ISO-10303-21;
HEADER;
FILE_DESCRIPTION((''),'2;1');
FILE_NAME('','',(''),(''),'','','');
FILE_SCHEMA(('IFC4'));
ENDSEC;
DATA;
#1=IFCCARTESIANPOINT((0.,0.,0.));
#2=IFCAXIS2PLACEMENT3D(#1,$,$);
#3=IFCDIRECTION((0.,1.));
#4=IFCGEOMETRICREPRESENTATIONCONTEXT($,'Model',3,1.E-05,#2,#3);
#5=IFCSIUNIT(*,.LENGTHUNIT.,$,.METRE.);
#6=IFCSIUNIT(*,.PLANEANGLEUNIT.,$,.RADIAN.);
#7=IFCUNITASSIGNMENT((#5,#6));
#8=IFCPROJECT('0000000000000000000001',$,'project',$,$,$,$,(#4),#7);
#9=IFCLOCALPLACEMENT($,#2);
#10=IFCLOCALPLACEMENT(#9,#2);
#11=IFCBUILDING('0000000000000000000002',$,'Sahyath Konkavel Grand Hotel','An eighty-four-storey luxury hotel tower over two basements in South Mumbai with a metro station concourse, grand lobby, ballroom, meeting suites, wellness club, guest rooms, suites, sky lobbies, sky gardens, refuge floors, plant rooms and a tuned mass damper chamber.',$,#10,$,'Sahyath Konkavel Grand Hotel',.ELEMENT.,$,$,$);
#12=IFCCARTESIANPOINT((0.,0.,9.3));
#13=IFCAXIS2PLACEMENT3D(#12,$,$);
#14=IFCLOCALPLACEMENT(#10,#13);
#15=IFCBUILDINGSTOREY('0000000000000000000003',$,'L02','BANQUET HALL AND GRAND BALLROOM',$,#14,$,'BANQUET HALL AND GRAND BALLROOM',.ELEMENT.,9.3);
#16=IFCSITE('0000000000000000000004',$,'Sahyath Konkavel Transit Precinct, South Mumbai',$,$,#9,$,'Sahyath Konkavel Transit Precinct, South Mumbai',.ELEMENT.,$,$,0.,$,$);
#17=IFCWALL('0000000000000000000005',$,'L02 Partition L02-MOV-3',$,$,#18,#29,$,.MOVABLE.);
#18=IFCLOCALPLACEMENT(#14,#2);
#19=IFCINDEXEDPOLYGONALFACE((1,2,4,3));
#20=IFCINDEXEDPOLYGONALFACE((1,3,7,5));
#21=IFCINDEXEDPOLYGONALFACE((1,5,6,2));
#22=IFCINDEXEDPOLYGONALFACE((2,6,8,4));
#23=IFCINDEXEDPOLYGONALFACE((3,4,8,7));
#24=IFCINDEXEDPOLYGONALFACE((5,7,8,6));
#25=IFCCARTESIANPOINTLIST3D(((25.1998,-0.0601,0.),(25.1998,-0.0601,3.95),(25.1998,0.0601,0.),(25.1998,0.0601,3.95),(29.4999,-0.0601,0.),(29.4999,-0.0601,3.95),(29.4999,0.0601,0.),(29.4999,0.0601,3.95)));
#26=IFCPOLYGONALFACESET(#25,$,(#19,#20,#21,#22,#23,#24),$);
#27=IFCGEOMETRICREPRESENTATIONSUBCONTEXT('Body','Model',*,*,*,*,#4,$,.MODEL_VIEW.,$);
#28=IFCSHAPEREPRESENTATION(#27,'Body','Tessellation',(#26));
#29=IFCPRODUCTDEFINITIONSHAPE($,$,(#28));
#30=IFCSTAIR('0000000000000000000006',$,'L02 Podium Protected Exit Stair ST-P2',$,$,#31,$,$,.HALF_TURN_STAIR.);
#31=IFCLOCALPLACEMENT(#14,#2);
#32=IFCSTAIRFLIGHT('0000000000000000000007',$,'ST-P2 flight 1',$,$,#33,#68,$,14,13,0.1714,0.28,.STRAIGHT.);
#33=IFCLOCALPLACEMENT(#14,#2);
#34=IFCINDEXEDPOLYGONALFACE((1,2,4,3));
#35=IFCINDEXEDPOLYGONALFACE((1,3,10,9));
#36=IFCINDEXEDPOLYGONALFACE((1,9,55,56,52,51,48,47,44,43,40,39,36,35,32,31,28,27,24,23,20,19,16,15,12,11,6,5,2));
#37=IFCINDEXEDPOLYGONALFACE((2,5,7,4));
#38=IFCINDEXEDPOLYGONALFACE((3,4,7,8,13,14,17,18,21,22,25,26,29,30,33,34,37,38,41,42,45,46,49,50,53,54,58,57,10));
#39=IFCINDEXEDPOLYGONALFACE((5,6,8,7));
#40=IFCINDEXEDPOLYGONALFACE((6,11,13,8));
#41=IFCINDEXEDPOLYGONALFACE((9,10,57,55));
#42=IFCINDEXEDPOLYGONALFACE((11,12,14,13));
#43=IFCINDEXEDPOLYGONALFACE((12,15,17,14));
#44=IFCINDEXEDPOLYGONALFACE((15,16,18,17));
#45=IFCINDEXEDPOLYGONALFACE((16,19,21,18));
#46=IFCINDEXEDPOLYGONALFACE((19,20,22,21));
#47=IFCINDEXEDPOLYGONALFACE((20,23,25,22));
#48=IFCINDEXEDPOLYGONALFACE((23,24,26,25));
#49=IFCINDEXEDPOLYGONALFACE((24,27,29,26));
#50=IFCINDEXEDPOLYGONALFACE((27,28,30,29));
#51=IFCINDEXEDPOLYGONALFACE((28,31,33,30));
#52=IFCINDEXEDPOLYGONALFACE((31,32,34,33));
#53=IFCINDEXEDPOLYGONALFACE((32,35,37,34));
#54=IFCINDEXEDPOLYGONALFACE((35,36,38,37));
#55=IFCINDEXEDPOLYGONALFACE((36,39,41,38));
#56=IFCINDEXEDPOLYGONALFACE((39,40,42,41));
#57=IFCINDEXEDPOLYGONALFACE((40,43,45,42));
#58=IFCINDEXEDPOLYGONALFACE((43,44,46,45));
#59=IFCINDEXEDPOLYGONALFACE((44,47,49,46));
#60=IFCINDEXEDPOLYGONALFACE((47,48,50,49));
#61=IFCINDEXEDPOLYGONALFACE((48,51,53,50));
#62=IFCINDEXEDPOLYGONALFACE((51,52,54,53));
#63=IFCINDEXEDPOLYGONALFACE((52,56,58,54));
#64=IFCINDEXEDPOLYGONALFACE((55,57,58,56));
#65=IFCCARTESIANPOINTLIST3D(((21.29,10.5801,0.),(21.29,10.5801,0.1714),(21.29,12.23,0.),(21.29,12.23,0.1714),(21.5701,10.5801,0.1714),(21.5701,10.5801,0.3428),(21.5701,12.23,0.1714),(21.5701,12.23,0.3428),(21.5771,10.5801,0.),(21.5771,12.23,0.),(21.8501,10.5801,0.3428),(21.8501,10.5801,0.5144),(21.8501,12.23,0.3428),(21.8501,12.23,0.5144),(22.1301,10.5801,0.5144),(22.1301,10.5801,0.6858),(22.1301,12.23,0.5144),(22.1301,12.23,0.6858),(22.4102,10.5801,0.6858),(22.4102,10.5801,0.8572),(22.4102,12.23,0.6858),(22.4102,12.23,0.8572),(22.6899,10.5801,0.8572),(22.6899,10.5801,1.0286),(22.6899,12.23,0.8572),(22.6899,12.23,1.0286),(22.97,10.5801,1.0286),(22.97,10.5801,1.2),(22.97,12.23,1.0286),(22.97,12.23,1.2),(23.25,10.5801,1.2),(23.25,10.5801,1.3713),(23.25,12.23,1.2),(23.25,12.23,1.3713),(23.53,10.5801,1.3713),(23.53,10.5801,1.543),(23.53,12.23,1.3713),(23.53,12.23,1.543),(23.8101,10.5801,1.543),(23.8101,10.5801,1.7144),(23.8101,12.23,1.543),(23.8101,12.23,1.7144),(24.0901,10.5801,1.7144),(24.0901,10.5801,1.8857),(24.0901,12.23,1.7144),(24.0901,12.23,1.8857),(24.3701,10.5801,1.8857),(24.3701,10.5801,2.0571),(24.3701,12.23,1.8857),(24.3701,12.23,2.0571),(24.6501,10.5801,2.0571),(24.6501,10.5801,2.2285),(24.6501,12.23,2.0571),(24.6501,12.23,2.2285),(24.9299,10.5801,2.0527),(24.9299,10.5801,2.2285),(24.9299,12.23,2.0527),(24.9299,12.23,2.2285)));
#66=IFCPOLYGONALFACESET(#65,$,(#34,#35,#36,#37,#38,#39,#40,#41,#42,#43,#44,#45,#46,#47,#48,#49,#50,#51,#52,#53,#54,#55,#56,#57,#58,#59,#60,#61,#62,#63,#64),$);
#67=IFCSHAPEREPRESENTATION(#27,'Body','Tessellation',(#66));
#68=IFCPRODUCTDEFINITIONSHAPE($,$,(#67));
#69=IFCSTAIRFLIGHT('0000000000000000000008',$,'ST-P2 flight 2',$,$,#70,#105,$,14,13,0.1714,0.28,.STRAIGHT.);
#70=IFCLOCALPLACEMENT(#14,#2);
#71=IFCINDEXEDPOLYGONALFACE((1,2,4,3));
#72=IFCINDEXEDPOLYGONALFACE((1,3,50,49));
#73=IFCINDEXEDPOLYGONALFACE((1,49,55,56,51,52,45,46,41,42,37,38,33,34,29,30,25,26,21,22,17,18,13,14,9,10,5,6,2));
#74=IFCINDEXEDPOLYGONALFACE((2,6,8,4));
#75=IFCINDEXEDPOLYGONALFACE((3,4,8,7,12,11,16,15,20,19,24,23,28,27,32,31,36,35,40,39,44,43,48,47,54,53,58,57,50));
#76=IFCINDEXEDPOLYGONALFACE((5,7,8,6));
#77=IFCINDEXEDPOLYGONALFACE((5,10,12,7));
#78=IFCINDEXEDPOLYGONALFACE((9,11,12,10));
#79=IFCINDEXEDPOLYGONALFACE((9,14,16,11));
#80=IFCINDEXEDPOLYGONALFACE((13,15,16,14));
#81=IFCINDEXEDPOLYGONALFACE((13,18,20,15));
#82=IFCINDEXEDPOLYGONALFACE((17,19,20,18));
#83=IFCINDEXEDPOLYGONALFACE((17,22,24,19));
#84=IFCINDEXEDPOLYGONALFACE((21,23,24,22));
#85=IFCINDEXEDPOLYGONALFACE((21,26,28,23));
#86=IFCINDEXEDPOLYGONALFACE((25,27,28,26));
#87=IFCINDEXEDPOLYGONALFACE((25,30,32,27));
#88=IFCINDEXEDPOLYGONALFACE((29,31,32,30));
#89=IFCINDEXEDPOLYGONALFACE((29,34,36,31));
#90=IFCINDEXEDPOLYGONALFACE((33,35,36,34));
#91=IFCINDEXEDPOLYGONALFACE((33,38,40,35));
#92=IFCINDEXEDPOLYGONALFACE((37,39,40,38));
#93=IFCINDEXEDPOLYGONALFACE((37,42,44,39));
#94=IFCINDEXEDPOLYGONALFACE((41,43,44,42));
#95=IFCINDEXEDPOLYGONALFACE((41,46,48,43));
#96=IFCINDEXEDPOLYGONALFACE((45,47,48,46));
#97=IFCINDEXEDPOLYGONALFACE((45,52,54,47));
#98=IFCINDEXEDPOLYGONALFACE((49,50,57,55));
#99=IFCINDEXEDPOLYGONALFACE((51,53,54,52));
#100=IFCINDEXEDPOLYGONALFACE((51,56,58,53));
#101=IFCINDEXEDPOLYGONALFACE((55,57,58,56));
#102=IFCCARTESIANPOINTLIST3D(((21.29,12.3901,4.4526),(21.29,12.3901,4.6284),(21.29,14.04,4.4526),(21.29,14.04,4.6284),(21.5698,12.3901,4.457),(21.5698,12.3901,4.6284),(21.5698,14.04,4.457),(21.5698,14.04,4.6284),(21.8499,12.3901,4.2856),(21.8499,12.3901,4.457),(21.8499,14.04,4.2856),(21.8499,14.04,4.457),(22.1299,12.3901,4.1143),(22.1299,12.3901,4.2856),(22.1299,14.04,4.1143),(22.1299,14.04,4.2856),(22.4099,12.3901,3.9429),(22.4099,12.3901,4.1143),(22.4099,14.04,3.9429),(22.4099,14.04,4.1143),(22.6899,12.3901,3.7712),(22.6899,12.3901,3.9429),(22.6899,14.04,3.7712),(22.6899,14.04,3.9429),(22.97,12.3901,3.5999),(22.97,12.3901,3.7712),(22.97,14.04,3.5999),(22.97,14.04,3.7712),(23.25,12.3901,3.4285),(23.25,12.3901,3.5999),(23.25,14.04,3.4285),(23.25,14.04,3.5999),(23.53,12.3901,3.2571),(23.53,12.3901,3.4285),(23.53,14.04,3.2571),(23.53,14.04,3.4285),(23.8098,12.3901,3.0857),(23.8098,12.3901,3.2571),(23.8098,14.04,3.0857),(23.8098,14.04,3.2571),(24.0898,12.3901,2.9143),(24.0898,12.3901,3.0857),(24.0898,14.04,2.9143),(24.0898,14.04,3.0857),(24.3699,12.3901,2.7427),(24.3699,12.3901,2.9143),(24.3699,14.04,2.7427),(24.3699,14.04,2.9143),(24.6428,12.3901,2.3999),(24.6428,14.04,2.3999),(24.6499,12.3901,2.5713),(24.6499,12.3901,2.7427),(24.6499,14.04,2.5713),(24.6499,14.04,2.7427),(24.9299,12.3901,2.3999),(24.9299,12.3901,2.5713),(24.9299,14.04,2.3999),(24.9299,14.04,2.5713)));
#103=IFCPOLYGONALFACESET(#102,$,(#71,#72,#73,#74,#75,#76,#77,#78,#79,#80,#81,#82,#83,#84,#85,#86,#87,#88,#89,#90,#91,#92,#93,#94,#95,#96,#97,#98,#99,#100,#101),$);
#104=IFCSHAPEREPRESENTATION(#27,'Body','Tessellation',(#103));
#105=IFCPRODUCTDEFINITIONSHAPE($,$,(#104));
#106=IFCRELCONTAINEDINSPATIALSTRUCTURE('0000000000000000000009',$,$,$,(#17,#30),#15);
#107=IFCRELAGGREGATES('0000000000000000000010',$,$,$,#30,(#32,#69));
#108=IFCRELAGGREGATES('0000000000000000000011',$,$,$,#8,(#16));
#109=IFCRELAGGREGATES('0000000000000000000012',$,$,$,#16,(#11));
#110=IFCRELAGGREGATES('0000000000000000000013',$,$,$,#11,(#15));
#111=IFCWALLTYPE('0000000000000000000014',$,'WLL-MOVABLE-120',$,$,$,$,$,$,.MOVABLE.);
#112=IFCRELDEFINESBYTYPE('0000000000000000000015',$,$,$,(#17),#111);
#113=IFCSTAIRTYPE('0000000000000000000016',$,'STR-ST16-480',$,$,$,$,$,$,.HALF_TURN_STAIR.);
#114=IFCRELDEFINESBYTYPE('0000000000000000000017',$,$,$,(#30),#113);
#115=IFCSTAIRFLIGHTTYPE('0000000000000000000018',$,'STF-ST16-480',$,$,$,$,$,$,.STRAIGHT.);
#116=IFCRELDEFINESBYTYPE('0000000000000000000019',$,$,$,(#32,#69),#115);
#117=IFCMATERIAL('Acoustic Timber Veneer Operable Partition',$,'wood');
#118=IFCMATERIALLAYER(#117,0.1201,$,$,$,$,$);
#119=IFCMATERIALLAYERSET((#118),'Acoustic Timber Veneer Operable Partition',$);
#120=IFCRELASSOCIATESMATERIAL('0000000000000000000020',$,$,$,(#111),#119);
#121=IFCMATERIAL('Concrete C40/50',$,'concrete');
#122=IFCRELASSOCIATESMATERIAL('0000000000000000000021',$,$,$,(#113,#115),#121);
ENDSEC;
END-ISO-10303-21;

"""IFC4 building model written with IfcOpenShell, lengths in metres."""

from ifc_helpers import new_model, si_unit, direction, frame, frame_2d, origin, place, context, subcontext, project, spatial, polyline, rectangle, outline, extrude, material, layer, layer_set, type_object, element, aggregate, save


model = new_model("IFC4")

# Units and contexts
model_context = context("Model", 3, precision=1e-05, world=origin(), true_north=direction((0.0, 1.0)))
body_context = subcontext(model_context, "Body", "Model", "MODEL_VIEW")
ifc_project = project(units=[si_unit("LENGTHUNIT", "METRE"), si_unit("PLANEANGLEUNIT", "RADIAN")], contexts=[model_context])

# Site, building, storey
site_placement = place(None, origin())
site = spatial("IfcSite", under=ifc_project, at=site_placement, Name="Sahyath Konkavel Transit Precinct, South Mumbai", LongName="Sahyath Konkavel Transit Precinct, South Mumbai", CompositionType="ELEMENT", RefElevation=0.0)
building_placement = place(site_placement, origin())
building = spatial("IfcBuilding", under=site, at=building_placement, Name="Sahyath Konkavel Grand Hotel", Description="An eighty-four-storey luxury hotel tower over two basements in South Mumbai with a metro station concourse, grand lobby, ballroom, meeting suites, wellness club, guest rooms, suites, sky lobbies, sky gardens, refuge floors, plant rooms and a tuned mass damper chamber.", LongName="Sahyath Konkavel Grand Hotel", CompositionType="ELEMENT")
storey_placement = place(building_placement, frame((0.0, 0.0, 9.3)))
storey = spatial("IfcBuildingStorey", under=building, at=storey_placement, Name="L02", Description="BANQUET HALL AND GRAND BALLROOM", LongName="BANQUET HALL AND GRAND BALLROOM", CompositionType="ELEMENT", Elevation=9.3)

# Wall
ifc_material_1 = material(Name="Concrete C40/50", Category="concrete")
ifc_material_2 = material(Name="Acoustic Timber Veneer Operable Partition", Category="wood")
ifc_layer_1 = layer(ifc_material_2, 0.1201)
ifc_layer_set_1 = layer_set([ifc_layer_1], Name="Acoustic Timber Veneer Operable Partition")
wall_type_1 = type_object("IfcWallType", Name="WLL-MOVABLE-120", PredefinedType="MOVABLE", material=ifc_layer_set_1)
wall_1_placement = place(storey_placement, frame((25.2, 0.0, 0.0), z_axis=(0.0, 0.0, 1.0), x_axis=(1.0, 0.0, 0.0)))
element("IfcWall", 1, at=wall_1_placement, inside=storey, type_object=wall_type_1, Name="L02 Partition L02-MOV-3", PredefinedType="MOVABLE", context=body_context, shape_type="SweptSolid", body=[
    extrude(rectangle(XDim=4.3, YDim=0.1201, at=frame_2d((2.1499, 0.0))), origin(), (0.0, 0.0, 1.0), 3.95),
])

# Stair, stair flights
stair_type = type_object("IfcStairType", Name="STR-ST16-480", PredefinedType="HALF_TURN_STAIR", material=ifc_material_1)
stair_placement = place(storey_placement, origin())
stair = element("IfcStair", 2, at=stair_placement, inside=storey, type_object=stair_type, Name="L02 Podium Protected Exit Stair ST-P2", PredefinedType="HALF_TURN_STAIR")
stair_flight_type = type_object("IfcStairFlightType", Name="STF-ST16-480", PredefinedType="STRAIGHT", material=ifc_material_1)
stair_flight_1_placement = place(storey_placement, frame((21.29, 11.405, 0.0), z_axis=(0.0, 0.0, 1.0), x_axis=(1.0, 0.0, 0.0)))
stair_flight_1 = element("IfcStairFlight", 3, at=stair_flight_1_placement, type_object=stair_flight_type, Name="ST-P2 flight 1", NumberOfRisers=14, NumberOfTreads=13, PredefinedType="STRAIGHT", RiserHeight=0.1714, TreadLength=0.28, context=body_context, shape_type="SweptSolid", body=[
    extrude(outline(polyline([(0.0, 0.0), (0.0, 0.1714), (0.28, 0.1714), (0.28, 0.3428), (0.5601, 0.3428), (0.5601, 0.5144), (0.8401, 0.5144), (0.8401, 0.6858), (1.1201, 0.6858), (1.1201, 0.8572), (1.3999, 0.8572), (1.3999, 1.0286), (1.6799, 1.0286), (1.6799, 1.2), (1.96, 1.2), (1.96, 1.3713), (2.24, 1.3713), (2.24, 1.543), (2.52, 1.543), (2.52, 1.7144), (2.8, 1.7144), (2.8, 1.8857), (3.0801, 1.8857), (3.0801, 2.0571), (3.3601, 2.0571), (3.3601, 2.2285), (3.6399, 2.2285), (3.6399, 2.3999), (3.6399, 2.0527), (0.2871, 0.0), (0.0, 0.0)])), frame((0.0, 0.825, 0.0), z_axis=(0.0, -1.0, 0.0), x_axis=(1.0, 0.0, 0.0)), (0.0, 0.0, 1.0), 1.6499),
])
stair_flight_2_placement = place(storey_placement, frame((24.9299, 13.2151, 2.3999), z_axis=(0.0, 0.0, 1.0), x_axis=(-1.0, 0.0, 0.0)))
stair_flight_2 = element("IfcStairFlight", 4, at=stair_flight_2_placement, type_object=stair_flight_type, Name="ST-P2 flight 2", NumberOfRisers=14, NumberOfTreads=13, PredefinedType="STRAIGHT", RiserHeight=0.1714, TreadLength=0.28, context=body_context, shape_type="SweptSolid", body=[
    extrude(outline(polyline([(0.0, 0.0), (0.0, 0.1714), (0.28, 0.1714), (0.28, 0.3428), (0.5601, 0.3428), (0.5601, 0.5144), (0.8401, 0.5144), (0.8401, 0.6858), (1.1201, 0.6858), (1.1201, 0.8572), (1.3999, 0.8572), (1.3999, 1.0286), (1.6799, 1.0286), (1.6799, 1.2), (1.96, 1.2), (1.96, 1.3713), (2.24, 1.3713), (2.24, 1.543), (2.52, 1.543), (2.52, 1.7144), (2.8, 1.7144), (2.8, 1.8857), (3.0801, 1.8857), (3.0801, 2.0571), (3.3601, 2.0571), (3.3601, 2.2285), (3.6399, 2.2285), (3.6399, 2.3999), (3.6399, 2.0527), (0.2871, 0.0), (0.0, 0.0)])), frame((0.0, 0.825, 0.0), z_axis=(0.0, -1.0, 0.0), x_axis=(1.0, 0.0, 0.0)), (0.0, 0.0, 1.0), 1.6499),
])
aggregate(stair, [stair_flight_1, stair_flight_2])

save(model, "model.ifc")
